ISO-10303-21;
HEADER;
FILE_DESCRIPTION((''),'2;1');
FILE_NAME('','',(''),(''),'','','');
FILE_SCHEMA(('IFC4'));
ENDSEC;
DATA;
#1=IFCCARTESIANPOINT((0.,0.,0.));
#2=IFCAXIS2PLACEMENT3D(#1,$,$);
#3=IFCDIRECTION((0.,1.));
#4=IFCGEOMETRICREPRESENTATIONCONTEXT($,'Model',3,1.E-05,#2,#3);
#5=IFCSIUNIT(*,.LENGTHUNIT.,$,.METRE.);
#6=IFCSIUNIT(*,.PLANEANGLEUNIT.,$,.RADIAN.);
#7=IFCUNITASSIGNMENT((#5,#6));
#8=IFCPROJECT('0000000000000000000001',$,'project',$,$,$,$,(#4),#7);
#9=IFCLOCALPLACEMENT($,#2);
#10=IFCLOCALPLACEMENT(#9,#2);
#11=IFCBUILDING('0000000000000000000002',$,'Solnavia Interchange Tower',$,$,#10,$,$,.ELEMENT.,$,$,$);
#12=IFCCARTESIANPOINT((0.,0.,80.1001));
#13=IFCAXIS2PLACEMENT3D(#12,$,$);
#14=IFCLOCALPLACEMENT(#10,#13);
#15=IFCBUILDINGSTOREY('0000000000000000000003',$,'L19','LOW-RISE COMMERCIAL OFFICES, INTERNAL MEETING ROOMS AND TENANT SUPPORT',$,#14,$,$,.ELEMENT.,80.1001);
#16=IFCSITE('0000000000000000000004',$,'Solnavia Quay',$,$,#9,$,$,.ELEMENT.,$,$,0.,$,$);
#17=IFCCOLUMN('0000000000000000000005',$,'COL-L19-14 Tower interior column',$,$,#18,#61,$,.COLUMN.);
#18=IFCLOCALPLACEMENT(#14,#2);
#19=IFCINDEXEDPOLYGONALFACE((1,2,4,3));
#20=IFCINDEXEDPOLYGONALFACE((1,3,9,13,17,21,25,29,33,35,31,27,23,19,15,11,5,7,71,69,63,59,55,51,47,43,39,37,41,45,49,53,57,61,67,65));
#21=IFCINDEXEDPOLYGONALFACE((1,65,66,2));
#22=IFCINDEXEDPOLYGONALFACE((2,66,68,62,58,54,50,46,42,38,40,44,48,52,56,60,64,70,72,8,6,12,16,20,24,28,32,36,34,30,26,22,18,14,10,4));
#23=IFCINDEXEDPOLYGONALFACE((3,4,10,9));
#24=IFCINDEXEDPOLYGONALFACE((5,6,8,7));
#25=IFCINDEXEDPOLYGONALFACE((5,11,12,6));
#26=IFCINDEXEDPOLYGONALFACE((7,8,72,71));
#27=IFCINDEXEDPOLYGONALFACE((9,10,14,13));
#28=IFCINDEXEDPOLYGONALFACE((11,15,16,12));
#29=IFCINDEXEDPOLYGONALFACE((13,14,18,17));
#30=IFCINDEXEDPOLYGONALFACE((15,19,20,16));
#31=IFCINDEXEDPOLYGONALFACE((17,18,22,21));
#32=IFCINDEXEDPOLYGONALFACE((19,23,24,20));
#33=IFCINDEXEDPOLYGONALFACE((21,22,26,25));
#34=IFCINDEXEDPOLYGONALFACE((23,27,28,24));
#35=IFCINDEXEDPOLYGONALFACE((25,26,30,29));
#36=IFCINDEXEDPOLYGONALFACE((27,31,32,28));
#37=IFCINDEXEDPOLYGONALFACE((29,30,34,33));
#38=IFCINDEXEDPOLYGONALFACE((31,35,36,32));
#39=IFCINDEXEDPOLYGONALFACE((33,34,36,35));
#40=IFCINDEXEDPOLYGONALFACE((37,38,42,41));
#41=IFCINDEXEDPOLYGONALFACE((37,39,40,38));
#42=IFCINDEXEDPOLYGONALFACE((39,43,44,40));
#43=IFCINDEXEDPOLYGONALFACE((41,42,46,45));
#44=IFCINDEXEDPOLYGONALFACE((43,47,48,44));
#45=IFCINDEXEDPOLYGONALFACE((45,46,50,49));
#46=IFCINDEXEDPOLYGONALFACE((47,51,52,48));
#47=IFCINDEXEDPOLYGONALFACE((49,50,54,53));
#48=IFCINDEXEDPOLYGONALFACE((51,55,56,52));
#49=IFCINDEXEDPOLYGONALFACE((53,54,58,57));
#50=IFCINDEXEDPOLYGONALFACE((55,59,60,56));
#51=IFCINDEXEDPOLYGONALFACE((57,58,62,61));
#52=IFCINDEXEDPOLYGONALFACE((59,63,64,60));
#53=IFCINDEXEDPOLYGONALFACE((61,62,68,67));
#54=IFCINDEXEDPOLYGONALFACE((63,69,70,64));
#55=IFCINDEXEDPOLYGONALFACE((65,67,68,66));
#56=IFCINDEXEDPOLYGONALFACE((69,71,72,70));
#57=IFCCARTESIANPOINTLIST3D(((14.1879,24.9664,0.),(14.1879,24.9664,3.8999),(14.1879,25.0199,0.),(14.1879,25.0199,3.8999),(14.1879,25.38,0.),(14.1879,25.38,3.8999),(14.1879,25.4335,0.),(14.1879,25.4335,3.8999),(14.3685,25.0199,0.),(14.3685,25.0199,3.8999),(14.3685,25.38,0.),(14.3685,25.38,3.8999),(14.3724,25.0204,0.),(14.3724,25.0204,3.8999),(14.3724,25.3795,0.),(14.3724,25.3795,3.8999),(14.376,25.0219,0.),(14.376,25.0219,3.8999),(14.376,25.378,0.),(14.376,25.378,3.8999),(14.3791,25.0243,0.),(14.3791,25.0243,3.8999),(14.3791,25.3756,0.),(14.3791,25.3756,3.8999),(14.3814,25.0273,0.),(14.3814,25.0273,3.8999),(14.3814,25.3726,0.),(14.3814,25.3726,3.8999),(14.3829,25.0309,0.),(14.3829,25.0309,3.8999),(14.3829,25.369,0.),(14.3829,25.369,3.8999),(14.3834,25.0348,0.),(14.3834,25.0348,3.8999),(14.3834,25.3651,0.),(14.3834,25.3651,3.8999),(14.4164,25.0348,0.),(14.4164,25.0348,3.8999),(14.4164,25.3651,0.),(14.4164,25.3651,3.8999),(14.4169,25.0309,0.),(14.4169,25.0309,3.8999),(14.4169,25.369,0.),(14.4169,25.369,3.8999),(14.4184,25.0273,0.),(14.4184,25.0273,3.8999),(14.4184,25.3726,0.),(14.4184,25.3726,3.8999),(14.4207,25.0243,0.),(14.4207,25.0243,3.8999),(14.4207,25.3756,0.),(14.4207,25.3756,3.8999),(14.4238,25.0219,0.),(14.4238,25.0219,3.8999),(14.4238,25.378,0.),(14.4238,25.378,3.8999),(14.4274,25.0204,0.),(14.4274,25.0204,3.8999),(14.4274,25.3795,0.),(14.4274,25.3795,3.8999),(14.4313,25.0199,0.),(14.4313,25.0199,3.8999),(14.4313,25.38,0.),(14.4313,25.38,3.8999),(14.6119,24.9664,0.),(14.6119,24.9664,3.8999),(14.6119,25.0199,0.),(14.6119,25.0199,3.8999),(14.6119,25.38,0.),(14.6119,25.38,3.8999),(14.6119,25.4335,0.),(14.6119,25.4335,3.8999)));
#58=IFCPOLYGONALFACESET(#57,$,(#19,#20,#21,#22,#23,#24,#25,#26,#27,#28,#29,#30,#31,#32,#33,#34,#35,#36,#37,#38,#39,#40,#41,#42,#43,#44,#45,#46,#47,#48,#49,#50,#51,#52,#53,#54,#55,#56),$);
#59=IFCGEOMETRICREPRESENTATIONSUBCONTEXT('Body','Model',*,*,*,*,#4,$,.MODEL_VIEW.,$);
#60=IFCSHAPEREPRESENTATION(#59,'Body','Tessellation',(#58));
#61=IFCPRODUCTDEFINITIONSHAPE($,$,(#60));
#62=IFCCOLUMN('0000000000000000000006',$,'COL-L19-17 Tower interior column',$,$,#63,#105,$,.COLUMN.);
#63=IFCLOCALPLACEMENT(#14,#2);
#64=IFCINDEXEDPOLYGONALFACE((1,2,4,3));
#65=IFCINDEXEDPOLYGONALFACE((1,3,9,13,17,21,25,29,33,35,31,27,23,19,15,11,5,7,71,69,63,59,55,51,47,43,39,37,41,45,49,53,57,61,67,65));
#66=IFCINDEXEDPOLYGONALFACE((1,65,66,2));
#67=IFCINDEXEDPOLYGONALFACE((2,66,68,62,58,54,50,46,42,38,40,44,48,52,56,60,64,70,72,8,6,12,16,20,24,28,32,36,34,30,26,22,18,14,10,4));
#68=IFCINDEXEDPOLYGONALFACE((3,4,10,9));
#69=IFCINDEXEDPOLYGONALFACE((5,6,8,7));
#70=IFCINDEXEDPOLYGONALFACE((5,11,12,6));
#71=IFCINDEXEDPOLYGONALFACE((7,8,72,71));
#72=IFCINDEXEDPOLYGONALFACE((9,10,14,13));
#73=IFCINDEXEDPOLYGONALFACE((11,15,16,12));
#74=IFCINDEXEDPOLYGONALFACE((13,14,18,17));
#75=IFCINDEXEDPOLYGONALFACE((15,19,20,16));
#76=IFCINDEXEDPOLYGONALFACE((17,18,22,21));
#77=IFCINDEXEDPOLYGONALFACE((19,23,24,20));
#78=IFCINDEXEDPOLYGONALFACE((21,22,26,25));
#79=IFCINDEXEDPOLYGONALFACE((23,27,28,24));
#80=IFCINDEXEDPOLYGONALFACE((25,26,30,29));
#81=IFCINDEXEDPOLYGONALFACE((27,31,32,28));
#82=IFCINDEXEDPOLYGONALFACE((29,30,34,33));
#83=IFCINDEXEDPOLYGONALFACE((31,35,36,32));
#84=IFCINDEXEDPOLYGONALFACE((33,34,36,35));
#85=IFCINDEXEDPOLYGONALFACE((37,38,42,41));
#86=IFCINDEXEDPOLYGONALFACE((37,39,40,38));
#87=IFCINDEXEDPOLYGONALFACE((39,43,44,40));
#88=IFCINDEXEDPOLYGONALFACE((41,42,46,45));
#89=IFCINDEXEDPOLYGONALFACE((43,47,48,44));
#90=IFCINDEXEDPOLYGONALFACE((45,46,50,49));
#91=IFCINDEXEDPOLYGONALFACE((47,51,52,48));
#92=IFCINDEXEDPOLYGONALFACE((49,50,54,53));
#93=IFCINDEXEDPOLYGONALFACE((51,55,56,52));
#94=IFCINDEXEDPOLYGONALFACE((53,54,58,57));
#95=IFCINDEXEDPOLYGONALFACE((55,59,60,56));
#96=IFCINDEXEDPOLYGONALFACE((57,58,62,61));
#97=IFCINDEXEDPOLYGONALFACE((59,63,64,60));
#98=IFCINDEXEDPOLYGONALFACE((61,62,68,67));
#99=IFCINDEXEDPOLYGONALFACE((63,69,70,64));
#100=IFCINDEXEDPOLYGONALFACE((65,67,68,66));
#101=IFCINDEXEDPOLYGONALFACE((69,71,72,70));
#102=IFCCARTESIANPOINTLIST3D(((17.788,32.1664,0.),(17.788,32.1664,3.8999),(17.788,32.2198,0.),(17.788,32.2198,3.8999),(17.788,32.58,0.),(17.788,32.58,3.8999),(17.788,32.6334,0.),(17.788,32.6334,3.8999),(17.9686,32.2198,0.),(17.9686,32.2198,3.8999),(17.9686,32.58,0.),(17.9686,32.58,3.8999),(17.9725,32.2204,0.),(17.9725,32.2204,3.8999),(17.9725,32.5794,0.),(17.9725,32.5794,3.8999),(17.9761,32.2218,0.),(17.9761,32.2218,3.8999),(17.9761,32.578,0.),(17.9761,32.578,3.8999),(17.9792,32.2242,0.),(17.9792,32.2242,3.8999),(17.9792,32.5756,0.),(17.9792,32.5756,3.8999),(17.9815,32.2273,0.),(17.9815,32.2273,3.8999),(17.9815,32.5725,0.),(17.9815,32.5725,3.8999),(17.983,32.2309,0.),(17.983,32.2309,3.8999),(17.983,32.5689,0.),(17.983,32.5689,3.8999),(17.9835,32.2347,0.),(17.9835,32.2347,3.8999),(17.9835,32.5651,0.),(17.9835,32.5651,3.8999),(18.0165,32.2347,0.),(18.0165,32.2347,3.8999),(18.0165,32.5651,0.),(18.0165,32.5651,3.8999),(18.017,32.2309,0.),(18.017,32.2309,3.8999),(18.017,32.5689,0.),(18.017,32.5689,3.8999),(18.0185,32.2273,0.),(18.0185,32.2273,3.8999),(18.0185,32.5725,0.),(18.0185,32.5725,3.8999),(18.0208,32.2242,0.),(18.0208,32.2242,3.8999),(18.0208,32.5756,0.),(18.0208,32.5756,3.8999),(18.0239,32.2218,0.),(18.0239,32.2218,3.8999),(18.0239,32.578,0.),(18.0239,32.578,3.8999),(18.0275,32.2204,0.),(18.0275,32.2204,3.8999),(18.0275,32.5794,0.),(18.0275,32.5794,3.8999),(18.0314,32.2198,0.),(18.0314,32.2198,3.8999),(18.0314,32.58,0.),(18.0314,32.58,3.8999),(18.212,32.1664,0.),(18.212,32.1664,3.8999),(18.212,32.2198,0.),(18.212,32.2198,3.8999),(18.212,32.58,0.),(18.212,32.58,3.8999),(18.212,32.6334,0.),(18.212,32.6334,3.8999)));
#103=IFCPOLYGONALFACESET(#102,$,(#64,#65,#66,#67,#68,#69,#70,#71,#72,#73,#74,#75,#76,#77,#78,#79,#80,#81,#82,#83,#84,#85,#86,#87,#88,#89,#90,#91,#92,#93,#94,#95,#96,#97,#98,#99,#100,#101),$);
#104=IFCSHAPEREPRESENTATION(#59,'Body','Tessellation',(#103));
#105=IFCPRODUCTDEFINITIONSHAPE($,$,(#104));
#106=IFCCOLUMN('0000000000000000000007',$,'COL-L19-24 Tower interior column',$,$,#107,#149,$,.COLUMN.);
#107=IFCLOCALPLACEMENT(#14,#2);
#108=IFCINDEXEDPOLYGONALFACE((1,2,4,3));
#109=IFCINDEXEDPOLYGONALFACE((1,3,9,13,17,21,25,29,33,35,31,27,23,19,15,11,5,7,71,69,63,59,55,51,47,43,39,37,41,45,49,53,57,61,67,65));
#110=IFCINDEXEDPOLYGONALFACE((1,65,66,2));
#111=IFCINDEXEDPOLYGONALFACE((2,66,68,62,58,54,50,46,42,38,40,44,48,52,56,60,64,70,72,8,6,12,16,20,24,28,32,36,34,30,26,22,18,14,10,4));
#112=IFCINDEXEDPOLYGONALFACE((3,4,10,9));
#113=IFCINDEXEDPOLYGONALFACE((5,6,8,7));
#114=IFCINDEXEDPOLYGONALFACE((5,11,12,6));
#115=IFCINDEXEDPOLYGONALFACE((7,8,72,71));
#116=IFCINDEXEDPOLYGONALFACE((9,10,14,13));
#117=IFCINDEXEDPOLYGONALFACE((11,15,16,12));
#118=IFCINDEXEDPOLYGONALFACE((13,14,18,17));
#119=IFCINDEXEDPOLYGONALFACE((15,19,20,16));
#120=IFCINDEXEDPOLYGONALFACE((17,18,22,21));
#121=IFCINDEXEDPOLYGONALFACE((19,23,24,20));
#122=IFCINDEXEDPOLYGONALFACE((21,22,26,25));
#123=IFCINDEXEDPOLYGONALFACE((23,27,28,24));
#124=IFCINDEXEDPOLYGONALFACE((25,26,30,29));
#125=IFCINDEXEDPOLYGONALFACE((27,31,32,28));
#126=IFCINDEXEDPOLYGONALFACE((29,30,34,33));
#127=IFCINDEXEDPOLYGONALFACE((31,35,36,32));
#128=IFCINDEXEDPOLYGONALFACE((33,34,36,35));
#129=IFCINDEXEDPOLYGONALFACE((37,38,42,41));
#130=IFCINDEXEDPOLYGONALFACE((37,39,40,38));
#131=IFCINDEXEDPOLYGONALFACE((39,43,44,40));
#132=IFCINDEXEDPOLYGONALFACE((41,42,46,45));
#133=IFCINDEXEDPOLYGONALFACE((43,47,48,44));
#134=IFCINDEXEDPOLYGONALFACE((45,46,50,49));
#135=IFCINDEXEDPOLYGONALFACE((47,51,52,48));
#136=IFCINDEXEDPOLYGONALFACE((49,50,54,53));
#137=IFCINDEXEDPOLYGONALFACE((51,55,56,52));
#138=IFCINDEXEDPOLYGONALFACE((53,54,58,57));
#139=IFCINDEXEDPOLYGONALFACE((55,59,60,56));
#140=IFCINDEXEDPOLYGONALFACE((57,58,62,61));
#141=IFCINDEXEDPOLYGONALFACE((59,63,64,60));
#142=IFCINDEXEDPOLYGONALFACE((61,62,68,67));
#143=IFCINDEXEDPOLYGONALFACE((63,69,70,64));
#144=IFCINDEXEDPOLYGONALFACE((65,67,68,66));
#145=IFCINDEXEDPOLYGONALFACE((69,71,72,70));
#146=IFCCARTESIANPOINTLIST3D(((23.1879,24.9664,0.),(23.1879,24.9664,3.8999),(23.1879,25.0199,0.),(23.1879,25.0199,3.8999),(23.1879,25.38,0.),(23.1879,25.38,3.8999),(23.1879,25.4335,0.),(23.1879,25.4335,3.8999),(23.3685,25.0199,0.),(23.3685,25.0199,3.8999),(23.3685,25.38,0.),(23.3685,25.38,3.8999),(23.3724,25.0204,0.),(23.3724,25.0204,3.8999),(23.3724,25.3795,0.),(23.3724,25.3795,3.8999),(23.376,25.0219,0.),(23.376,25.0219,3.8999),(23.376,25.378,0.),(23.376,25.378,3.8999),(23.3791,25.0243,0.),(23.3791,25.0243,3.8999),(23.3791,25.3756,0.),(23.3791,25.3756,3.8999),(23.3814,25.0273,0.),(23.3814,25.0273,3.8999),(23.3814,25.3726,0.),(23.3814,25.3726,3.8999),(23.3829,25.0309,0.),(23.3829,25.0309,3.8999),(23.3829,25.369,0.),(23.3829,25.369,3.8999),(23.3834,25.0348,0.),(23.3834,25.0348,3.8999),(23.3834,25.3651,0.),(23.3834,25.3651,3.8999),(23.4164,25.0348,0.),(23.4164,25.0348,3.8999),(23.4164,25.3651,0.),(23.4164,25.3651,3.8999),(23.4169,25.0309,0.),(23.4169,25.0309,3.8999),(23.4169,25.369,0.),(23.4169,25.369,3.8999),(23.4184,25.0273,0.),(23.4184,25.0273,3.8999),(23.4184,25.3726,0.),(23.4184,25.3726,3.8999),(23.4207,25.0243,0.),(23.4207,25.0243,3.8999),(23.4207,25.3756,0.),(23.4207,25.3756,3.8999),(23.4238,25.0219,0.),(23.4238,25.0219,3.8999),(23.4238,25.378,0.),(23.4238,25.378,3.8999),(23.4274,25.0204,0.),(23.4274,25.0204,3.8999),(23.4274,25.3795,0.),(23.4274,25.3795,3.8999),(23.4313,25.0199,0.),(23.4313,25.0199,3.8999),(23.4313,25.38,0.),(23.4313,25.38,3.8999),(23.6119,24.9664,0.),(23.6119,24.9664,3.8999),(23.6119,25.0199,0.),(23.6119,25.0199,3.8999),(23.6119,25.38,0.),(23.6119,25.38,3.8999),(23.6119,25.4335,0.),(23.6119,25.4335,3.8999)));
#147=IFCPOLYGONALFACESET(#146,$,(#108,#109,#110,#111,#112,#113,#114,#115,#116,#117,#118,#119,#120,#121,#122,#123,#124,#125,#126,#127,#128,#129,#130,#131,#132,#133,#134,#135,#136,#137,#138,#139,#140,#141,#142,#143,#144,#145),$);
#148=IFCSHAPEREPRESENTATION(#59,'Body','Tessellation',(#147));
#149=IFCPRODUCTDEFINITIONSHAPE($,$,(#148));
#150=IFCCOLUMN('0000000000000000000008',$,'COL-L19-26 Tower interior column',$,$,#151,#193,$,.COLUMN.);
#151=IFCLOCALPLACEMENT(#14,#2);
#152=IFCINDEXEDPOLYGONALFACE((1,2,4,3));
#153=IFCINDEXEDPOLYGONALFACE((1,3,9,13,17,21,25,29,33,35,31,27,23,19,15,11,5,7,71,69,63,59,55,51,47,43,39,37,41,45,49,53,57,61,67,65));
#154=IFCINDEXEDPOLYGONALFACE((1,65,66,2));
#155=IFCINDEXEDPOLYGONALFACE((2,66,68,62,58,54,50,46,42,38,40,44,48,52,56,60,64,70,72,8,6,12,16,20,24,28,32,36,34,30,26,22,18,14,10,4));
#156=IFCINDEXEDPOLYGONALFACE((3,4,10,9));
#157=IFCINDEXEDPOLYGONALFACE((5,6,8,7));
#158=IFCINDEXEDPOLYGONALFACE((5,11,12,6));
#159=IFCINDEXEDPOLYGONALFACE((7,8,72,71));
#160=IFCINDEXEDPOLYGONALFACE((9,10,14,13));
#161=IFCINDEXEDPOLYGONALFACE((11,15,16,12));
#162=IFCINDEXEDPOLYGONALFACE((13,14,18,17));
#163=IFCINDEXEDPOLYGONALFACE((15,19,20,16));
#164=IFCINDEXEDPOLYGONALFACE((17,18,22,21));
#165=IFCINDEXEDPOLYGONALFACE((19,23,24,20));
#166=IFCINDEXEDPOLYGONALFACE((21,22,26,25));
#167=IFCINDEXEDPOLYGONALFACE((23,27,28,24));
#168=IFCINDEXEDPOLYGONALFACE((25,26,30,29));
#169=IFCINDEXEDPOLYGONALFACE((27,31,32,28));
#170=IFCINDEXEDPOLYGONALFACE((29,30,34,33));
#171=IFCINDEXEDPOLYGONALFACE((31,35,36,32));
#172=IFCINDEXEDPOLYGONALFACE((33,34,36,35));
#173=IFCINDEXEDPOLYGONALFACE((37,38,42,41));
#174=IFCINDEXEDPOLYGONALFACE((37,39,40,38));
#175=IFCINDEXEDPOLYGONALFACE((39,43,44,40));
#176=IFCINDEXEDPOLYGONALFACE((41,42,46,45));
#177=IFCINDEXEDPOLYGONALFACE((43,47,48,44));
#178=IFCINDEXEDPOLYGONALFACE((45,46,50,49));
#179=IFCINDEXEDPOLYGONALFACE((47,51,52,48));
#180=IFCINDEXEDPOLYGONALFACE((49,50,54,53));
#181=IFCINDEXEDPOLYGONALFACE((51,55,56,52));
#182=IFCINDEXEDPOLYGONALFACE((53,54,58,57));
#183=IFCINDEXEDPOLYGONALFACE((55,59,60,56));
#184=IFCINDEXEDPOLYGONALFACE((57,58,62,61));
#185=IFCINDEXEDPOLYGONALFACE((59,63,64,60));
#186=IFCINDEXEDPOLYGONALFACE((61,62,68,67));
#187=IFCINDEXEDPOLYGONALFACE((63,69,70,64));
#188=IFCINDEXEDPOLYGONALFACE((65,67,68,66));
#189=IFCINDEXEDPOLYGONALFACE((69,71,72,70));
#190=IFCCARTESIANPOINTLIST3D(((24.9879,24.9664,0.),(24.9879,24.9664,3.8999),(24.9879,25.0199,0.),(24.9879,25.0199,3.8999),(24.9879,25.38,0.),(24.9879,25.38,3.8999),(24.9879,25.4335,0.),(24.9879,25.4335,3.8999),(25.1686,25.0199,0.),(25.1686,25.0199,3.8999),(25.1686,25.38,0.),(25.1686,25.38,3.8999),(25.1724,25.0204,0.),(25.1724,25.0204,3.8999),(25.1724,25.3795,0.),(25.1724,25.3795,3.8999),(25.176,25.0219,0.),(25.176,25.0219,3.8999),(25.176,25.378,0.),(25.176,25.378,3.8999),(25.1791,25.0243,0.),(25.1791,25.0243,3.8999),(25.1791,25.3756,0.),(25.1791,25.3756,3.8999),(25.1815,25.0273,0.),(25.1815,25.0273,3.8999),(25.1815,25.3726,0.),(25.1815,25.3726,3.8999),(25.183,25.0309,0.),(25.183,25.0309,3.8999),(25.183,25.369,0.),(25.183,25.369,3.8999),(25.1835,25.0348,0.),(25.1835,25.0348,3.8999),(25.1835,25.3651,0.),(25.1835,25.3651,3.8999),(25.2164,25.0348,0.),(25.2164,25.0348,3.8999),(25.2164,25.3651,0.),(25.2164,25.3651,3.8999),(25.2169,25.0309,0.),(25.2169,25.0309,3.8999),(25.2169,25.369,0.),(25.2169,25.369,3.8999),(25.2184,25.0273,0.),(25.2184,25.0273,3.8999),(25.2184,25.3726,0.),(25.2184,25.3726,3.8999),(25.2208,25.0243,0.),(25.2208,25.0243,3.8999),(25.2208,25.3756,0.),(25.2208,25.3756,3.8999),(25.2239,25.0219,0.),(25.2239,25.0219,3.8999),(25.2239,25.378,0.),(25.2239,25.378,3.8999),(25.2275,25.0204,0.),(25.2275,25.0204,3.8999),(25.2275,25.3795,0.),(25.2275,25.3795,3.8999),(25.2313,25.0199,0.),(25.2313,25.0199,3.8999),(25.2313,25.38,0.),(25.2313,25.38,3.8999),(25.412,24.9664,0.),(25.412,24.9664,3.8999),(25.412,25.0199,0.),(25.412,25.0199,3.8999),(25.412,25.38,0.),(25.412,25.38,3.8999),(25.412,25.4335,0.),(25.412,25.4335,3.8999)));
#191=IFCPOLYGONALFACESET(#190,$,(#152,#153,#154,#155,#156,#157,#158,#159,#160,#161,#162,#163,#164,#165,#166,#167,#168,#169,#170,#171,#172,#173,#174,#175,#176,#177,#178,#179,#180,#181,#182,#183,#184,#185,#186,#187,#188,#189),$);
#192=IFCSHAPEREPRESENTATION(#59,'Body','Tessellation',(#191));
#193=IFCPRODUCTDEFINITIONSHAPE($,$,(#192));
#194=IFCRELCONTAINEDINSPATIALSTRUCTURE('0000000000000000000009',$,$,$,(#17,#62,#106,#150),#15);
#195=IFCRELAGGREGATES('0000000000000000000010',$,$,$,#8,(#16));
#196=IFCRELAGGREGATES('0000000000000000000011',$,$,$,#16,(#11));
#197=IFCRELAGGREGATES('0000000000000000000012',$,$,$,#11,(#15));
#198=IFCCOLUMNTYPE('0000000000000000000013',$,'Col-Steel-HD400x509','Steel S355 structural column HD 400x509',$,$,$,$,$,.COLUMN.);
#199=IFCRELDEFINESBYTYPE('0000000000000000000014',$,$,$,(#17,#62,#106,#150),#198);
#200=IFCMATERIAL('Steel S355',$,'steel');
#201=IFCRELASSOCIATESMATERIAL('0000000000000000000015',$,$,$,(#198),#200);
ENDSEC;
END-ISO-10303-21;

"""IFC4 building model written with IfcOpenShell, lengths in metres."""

from ifc_helpers import new_model, si_unit, direction, frame, origin, origin_2d, place, context, subcontext, project, spatial, i_section, extrude, material, material_profile, profile_set, type_object, element, save


model = new_model("IFC4")

# Units and contexts
model_context = context("Model", 3, precision=1e-05, world=origin(), true_north=direction((0.0, 1.0)))
body_context = subcontext(model_context, "Body", "Model", "MODEL_VIEW")
ifc_project = project(units=[si_unit("LENGTHUNIT", "METRE"), si_unit("PLANEANGLEUNIT", "RADIAN")], contexts=[model_context])

# Site, building, storey
site_placement = place(None, origin())
site = spatial("IfcSite", under=ifc_project, at=site_placement, Name="Solnavia Quay", CompositionType="ELEMENT", RefElevation=0.0)
building_placement = place(site_placement, origin())
building = spatial("IfcBuilding", under=site, at=building_placement, Name="Solnavia Interchange Tower", CompositionType="ELEMENT")
storey_placement = place(building_placement, frame((0.0, 0.0, 80.1001)))
storey = spatial("IfcBuildingStorey", under=building, at=storey_placement, Name="L19", Description="LOW-RISE COMMERCIAL OFFICES, INTERNAL MEETING ROOMS AND TENANT SUPPORT", CompositionType="ELEMENT", Elevation=80.1001)

# Columns
ifc_material_1 = material(Name="Steel S355", Category="steel")
ifc_material_profile_1 = material_profile(ifc_material_1, i_section(OverallWidth=0.4241, OverallDepth=0.467, WebThickness=0.033, FlangeThickness=0.0535, FilletRadius=0.0149, at=origin_2d()), Name="HD 400x509")
ifc_profile_set_1 = profile_set([ifc_material_profile_1], Name="Steel S355")
column_type = type_object("IfcColumnType", Name="Col-Steel-HD400x509", Description="Steel S355 structural column HD 400x509", PredefinedType="COLUMN", material=ifc_profile_set_1)
for number, where, z_axis, x_axis, name in (
    (1, (14.3999, 25.2, 0.0), (0.0, 0.0, 1.0), (1.0, 0.0, 0.0), "COL-L19-14 Tower interior column"),
    (2, (18.0, 32.3999, 0.0), (0.0, 0.0, 1.0), (1.0, 0.0, 0.0), "COL-L19-17 Tower interior column"),
    (3, (23.3999, 25.2, 0.0), (0.0, 0.0, 1.0), (1.0, 0.0, 0.0), "COL-L19-24 Tower interior column"),
    (4, (25.2, 25.2, 0.0), (0.0, 0.0, 1.0), (1.0, 0.0, 0.0), "COL-L19-26 Tower interior column"),
):
    element("IfcColumn", number, at=place(storey_placement, frame(where, z_axis=z_axis, x_axis=x_axis)), inside=storey, type_object=column_type, Name=name, PredefinedType="COLUMN", context=body_context, shape_type="SweptSolid", body=[
        extrude(i_section(OverallWidth=0.4241, OverallDepth=0.467, WebThickness=0.033, FlangeThickness=0.0535, FilletRadius=0.0149, at=origin_2d()), origin(), (0.0, 0.0, 1.0), 3.8999),
    ])

save(model, "model.ifc")
